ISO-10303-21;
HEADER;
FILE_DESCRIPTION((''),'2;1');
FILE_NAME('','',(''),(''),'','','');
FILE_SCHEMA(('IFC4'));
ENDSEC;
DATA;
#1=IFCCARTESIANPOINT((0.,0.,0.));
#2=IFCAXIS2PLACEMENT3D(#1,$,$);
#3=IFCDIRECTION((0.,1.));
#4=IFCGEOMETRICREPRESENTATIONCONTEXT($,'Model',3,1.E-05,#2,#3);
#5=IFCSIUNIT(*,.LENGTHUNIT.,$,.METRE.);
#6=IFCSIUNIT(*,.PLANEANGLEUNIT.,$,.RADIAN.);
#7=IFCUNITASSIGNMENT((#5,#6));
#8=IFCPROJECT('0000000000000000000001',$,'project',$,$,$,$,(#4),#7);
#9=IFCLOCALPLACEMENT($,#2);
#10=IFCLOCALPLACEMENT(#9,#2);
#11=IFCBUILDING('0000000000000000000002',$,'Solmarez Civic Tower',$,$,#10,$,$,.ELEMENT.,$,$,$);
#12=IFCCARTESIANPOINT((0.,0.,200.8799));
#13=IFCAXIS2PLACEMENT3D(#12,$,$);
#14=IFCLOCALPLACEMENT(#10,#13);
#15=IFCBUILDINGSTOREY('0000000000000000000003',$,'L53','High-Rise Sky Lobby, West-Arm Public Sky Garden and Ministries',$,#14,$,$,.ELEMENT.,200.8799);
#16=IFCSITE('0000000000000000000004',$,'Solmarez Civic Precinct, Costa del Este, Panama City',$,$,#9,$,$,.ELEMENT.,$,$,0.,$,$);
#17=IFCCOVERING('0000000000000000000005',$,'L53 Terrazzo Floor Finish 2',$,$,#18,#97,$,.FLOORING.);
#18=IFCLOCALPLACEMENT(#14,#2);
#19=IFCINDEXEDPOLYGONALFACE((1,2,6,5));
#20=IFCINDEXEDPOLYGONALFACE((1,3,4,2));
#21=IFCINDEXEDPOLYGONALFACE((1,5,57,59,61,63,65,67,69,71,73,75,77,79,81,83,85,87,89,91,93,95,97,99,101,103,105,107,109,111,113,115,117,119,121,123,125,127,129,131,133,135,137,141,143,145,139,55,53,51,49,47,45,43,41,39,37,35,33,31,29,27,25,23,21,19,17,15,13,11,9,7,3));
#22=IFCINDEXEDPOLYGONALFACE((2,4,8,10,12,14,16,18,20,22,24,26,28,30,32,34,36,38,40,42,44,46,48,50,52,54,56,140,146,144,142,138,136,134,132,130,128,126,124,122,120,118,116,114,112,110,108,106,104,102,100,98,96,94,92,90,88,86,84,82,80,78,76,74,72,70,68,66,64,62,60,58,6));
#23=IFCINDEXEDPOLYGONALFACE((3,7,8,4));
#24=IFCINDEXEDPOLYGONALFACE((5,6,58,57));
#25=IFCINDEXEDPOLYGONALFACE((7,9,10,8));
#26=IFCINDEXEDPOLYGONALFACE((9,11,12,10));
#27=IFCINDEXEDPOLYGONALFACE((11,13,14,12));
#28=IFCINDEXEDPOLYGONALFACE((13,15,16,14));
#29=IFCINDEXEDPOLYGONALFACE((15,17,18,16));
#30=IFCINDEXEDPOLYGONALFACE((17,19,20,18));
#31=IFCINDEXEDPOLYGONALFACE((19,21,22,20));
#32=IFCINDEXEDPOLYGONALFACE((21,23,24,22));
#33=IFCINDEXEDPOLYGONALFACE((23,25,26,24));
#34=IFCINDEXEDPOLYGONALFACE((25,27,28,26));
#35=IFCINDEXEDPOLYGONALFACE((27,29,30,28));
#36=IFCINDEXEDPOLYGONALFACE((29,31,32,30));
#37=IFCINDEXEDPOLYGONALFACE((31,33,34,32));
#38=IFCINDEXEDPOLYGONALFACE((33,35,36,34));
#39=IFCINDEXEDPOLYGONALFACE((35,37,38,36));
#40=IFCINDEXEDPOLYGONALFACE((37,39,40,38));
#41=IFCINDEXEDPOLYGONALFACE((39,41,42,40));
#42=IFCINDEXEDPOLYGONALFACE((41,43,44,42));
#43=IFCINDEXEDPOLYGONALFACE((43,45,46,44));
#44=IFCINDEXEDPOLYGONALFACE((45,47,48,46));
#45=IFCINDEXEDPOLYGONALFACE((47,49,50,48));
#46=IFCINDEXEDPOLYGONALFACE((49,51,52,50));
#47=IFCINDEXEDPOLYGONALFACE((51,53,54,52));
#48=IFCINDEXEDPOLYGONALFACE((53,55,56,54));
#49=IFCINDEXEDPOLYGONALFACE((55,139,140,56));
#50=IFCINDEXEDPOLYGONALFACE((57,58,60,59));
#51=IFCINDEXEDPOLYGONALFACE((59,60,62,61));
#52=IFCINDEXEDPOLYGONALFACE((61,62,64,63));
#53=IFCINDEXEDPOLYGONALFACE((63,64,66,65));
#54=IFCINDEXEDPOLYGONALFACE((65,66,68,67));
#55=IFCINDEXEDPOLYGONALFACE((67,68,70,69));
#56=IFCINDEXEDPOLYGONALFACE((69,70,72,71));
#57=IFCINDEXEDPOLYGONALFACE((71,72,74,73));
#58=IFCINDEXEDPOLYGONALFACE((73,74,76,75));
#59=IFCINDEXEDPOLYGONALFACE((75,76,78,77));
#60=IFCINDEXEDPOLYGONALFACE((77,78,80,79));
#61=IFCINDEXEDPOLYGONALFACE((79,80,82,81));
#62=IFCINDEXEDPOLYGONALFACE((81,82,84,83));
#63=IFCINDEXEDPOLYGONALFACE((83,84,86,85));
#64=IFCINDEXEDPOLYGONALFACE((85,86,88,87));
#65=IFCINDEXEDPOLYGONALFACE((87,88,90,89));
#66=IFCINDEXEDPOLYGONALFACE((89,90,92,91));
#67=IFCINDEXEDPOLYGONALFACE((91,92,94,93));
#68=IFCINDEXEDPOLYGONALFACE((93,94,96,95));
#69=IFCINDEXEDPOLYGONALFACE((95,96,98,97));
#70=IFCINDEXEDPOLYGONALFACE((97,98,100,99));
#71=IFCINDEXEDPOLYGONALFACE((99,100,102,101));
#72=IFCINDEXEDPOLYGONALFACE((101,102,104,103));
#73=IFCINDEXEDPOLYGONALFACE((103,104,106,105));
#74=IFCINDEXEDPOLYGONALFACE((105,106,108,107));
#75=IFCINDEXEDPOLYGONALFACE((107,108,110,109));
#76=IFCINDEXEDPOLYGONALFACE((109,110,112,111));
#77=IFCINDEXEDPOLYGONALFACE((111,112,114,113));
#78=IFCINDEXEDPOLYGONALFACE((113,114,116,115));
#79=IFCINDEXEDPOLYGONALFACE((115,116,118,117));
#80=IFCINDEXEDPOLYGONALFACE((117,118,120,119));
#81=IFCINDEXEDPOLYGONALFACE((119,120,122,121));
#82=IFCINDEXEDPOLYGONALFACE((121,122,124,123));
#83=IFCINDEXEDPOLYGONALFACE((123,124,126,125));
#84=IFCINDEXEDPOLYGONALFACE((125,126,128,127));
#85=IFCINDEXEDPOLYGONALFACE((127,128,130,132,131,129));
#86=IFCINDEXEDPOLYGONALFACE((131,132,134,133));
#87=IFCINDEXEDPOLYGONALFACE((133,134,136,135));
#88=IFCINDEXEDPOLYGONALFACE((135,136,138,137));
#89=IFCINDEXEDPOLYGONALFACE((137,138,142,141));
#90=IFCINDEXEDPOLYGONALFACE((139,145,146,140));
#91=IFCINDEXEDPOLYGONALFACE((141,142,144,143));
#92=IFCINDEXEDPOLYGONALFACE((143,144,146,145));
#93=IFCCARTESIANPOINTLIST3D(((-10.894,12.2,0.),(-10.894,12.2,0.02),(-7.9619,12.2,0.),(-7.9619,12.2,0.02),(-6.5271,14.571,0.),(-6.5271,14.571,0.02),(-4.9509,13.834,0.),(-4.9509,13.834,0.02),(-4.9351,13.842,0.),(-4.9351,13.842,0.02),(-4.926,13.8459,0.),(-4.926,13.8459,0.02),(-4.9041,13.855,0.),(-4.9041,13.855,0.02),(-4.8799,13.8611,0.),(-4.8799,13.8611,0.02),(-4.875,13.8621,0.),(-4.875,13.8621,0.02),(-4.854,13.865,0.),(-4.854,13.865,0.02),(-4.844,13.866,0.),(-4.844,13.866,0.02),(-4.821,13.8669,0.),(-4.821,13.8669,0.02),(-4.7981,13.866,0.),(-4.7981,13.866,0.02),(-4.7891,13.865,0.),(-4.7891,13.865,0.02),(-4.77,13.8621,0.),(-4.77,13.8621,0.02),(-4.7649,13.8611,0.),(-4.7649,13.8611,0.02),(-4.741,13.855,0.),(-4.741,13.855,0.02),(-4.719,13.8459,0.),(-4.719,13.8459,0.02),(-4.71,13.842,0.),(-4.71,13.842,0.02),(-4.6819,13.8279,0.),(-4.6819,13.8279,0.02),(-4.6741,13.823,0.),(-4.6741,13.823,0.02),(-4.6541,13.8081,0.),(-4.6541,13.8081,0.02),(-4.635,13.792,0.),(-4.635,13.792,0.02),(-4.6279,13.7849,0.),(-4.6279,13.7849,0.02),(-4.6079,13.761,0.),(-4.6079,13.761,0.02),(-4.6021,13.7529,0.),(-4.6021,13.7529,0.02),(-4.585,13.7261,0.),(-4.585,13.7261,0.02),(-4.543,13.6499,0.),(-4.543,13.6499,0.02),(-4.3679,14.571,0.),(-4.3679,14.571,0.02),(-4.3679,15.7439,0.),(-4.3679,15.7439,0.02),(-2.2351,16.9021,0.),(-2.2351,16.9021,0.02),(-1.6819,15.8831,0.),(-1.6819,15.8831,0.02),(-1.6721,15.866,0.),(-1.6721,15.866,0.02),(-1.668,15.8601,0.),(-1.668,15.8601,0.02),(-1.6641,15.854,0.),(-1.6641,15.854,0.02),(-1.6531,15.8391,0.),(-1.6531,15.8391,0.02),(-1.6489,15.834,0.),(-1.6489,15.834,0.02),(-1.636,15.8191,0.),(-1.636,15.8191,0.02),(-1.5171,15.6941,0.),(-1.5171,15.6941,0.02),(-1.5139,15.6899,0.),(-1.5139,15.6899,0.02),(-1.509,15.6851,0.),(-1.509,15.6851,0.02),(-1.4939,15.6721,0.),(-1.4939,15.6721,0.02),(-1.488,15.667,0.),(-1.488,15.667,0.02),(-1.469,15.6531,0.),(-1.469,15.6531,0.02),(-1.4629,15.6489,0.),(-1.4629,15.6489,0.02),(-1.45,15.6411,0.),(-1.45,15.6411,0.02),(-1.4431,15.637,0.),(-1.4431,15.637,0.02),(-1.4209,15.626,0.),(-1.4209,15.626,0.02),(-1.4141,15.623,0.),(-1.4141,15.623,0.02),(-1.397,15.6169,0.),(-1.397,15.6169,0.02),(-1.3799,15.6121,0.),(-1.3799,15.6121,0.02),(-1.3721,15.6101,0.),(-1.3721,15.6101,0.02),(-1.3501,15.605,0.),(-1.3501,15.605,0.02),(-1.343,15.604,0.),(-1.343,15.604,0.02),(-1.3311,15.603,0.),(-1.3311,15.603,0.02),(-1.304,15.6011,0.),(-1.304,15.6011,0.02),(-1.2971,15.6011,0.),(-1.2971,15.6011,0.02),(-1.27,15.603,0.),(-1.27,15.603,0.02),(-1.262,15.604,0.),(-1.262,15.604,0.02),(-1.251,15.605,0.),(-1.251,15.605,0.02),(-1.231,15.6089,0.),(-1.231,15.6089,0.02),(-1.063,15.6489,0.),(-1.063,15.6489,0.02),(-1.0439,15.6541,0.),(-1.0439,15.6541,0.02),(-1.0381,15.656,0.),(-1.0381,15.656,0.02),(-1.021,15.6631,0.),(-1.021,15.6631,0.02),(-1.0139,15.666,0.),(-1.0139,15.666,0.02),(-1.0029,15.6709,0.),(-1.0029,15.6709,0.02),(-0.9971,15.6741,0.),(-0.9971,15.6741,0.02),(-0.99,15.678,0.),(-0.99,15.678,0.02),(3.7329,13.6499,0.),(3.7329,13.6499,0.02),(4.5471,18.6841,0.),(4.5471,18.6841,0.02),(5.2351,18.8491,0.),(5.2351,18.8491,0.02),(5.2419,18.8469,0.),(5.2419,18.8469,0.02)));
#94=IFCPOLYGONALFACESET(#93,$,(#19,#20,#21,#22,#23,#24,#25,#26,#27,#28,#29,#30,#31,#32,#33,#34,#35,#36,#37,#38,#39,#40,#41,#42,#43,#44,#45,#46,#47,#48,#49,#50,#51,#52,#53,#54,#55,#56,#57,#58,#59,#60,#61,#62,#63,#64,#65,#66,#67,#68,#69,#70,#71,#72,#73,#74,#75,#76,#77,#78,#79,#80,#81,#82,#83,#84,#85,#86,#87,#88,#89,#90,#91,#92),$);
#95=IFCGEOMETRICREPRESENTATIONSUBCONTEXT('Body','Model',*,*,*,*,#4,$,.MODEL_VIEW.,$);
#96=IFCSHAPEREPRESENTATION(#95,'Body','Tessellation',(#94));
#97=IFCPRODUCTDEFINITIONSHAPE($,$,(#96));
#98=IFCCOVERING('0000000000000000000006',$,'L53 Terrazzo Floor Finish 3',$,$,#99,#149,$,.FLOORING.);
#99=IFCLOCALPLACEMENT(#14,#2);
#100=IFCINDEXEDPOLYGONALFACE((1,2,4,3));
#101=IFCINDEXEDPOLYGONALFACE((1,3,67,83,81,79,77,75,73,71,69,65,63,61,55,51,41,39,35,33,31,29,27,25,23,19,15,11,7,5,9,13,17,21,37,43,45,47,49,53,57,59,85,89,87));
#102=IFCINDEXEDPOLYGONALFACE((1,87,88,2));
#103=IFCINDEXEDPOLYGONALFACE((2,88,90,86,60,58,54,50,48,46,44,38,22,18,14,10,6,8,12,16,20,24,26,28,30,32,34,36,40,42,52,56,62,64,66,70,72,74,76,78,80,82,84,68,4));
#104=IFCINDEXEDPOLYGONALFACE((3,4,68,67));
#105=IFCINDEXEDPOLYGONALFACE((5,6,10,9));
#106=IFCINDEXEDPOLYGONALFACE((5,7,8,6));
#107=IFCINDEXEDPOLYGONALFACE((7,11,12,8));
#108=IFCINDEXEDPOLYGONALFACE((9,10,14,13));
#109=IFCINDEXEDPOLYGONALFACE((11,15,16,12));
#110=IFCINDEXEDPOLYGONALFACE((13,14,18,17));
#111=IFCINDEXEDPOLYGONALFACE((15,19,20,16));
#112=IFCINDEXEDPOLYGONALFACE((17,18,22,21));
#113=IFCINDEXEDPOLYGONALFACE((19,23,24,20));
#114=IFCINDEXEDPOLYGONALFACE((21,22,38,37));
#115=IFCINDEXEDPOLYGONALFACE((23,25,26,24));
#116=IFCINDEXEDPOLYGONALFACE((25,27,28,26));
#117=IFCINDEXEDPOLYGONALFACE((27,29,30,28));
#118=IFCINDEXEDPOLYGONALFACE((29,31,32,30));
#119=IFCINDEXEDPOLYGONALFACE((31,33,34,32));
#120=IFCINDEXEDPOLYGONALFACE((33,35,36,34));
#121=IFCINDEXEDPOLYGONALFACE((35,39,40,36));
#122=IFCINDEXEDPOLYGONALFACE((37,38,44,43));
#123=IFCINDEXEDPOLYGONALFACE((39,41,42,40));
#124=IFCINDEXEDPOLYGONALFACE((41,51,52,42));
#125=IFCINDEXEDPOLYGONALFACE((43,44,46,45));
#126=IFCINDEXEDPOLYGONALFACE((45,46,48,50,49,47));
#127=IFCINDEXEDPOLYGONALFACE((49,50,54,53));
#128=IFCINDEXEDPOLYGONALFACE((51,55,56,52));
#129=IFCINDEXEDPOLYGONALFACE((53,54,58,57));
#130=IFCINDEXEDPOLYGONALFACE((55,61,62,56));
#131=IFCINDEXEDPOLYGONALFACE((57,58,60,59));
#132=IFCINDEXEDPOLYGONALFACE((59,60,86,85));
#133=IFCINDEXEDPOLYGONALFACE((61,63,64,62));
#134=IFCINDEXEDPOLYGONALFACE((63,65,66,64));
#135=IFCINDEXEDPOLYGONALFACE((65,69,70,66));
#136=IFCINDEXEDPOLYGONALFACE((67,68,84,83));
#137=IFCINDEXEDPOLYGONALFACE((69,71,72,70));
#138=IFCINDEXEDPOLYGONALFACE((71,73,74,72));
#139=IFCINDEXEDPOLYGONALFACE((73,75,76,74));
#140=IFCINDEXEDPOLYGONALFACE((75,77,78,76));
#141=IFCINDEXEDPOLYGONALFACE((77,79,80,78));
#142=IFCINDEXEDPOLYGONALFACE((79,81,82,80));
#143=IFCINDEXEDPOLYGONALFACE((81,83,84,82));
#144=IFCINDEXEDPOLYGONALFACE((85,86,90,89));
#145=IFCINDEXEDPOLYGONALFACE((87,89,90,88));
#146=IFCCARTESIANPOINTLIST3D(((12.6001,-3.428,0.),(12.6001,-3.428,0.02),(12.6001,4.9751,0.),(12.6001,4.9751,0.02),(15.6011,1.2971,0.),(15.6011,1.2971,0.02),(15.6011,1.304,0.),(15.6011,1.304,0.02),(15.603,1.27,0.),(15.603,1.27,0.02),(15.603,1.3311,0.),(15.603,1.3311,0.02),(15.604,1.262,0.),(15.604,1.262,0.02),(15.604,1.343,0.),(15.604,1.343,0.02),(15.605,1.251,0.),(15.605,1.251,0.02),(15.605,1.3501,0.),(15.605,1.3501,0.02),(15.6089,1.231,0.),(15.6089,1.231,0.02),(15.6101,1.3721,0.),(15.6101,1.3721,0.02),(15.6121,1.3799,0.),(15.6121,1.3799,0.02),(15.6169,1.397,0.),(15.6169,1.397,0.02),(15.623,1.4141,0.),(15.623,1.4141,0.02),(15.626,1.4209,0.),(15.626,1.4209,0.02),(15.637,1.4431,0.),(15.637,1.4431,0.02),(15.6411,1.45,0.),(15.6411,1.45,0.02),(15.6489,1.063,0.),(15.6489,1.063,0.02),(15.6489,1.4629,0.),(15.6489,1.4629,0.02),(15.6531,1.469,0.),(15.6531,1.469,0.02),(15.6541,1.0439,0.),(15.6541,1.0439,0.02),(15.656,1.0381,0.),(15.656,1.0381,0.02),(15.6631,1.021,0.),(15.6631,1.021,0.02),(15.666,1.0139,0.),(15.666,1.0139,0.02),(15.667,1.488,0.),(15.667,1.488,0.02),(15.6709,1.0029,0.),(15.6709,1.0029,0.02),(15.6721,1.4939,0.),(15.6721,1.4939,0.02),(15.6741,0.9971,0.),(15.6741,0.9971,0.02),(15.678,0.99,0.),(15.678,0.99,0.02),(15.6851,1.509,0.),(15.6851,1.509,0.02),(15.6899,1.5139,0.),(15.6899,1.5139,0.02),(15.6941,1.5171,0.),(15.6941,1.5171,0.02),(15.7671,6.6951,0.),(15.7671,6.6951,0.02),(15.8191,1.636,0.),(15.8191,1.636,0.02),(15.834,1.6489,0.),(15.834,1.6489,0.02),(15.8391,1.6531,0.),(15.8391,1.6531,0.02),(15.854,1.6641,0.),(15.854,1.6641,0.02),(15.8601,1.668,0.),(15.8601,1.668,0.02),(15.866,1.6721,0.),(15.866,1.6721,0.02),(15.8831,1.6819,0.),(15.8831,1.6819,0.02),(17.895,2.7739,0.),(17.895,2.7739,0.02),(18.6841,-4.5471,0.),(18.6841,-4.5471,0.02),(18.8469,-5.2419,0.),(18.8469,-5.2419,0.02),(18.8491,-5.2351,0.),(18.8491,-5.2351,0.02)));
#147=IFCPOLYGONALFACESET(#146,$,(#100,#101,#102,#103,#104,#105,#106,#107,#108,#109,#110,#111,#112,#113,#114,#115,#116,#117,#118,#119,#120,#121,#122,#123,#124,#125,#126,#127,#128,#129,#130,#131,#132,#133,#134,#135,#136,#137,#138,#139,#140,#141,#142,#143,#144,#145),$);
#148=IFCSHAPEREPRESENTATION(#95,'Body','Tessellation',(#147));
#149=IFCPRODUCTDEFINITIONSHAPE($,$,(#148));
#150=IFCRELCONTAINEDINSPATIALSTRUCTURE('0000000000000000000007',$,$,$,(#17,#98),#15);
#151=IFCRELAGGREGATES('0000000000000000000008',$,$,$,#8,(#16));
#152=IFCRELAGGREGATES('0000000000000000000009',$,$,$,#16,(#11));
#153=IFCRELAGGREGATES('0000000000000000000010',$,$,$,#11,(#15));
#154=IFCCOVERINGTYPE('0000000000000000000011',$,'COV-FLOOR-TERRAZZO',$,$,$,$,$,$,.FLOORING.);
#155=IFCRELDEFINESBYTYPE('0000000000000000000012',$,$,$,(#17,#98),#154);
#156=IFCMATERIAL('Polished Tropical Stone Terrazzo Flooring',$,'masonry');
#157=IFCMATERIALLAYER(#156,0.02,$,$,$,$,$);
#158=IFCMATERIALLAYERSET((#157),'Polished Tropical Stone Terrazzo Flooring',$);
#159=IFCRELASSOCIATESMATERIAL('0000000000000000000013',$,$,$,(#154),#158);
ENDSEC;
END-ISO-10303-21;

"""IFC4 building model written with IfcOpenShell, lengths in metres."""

from ifc_helpers import new_model, si_unit, direction, frame, origin, place, context, subcontext, project, spatial, polyline, outline, extrude, material, layer, layer_set, type_object, element, save


model = new_model("IFC4")

# Units and contexts
model_context = context("Model", 3, precision=1e-05, world=origin(), true_north=direction((0.0, 1.0)))
body_context = subcontext(model_context, "Body", "Model", "MODEL_VIEW")
ifc_project = project(units=[si_unit("LENGTHUNIT", "METRE"), si_unit("PLANEANGLEUNIT", "RADIAN")], contexts=[model_context])

# Site, building, storey
site_placement = place(None, origin())
site = spatial("IfcSite", under=ifc_project, at=site_placement, Name="Solmarez Civic Precinct, Costa del Este, Panama City", CompositionType="ELEMENT", RefElevation=0.0)
building_placement = place(site_placement, origin())
building = spatial("IfcBuilding", under=site, at=building_placement, Name="Solmarez Civic Tower", CompositionType="ELEMENT")
storey_placement = place(building_placement, frame((0.0, 0.0, 200.8799)))
storey = spatial("IfcBuildingStorey", under=building, at=storey_placement, Name="L53", Description="High-Rise Sky Lobby, West-Arm Public Sky Garden and Ministries", CompositionType="ELEMENT", Elevation=200.8799)

# Coverings
ifc_material_1 = material(Name="Polished Tropical Stone Terrazzo Flooring", Category="masonry")
ifc_layer_1 = layer(ifc_material_1, 0.02)
ifc_layer_set_1 = layer_set([ifc_layer_1], Name="Polished Tropical Stone Terrazzo Flooring")
covering_type_1 = type_object("IfcCoveringType", Name="COV-FLOOR-TERRAZZO", PredefinedType="FLOORING", material=ifc_layer_set_1)
covering_1_placement = place(storey_placement, origin())
element("IfcCovering", 1, at=covering_1_placement, inside=storey, type_object=covering_type_1, Name="L53 Terrazzo Floor Finish 2", PredefinedType="FLOORING", context=body_context, shape_type="SweptSolid", body=[
    extrude(outline(polyline([(-10.894, 12.2), (-7.9619, 12.2), (-4.9509, 13.834), (-4.9351, 13.842), (-4.926, 13.8459), (-4.9041, 13.855), (-4.8799, 13.8611), (-4.875, 13.8621), (-4.854, 13.865), (-4.844, 13.866), (-4.821, 13.8669), (-4.7981, 13.866), (-4.7891, 13.865), (-4.77, 13.8621), (-4.7649, 13.8611), (-4.741, 13.855), (-4.719, 13.8459), (-4.71, 13.842), (-4.6819, 13.8279), (-4.6741, 13.823), (-4.6541, 13.8081), (-4.635, 13.792), (-4.6279, 13.7849), (-4.6079, 13.761), (-4.6021, 13.7529), (-4.585, 13.7261), (-4.543, 13.6499), (3.7329, 13.6499), (5.2419, 18.8469), (5.2351, 18.8491), (4.5471, 18.6841), (-0.99, 15.678), (-0.9971, 15.6741), (-1.0029, 15.6709), (-1.0139, 15.666), (-1.021, 15.6631), (-1.0381, 15.656), (-1.0439, 15.6541), (-1.063, 15.6489), (-1.231, 15.6089), (-1.251, 15.605), (-1.262, 15.604), (-1.27, 15.603), (-1.2971, 15.6011), (-1.304, 15.6011), (-1.3311, 15.603), (-1.343, 15.604), (-1.3501, 15.605), (-1.3721, 15.6101), (-1.3799, 15.6121), (-1.397, 15.6169), (-1.4141, 15.623), (-1.4209, 15.626), (-1.4431, 15.637), (-1.45, 15.6411), (-1.4629, 15.6489), (-1.469, 15.6531), (-1.488, 15.667), (-1.4939, 15.6721), (-1.509, 15.6851), (-1.5139, 15.6899), (-1.5171, 15.6941), (-1.636, 15.8191), (-1.6489, 15.834), (-1.6531, 15.8391), (-1.6641, 15.854), (-1.668, 15.8601), (-1.6721, 15.866), (-1.6819, 15.8831), (-2.2351, 16.9021), (-4.3679, 15.7439), (-4.3679, 14.571), (-6.5271, 14.571), (-10.894, 12.2)])), origin(), (0.0, 0.0, 1.0), 0.02),
])
covering_2_placement = place(storey_placement, origin())
element("IfcCovering", 2, at=covering_2_placement, inside=storey, type_object=covering_type_1, Name="L53 Terrazzo Floor Finish 3", PredefinedType="FLOORING", context=body_context, shape_type="SweptSolid", body=[
    extrude(outline(polyline([(12.6001, 4.9751), (12.6001, -3.428), (18.8469, -5.2419), (18.8491, -5.2351), (18.6841, -4.5471), (15.678, 0.99), (15.6741, 0.9971), (15.6709, 1.0029), (15.666, 1.0139), (15.6631, 1.021), (15.656, 1.0381), (15.6541, 1.0439), (15.6489, 1.063), (15.6089, 1.231), (15.605, 1.251), (15.604, 1.262), (15.603, 1.27), (15.6011, 1.2971), (15.6011, 1.304), (15.603, 1.3311), (15.604, 1.343), (15.605, 1.3501), (15.6101, 1.3721), (15.6121, 1.3799), (15.6169, 1.397), (15.623, 1.4141), (15.626, 1.4209), (15.637, 1.4431), (15.6411, 1.45), (15.6489, 1.4629), (15.6531, 1.469), (15.667, 1.488), (15.6721, 1.4939), (15.6851, 1.509), (15.6899, 1.5139), (15.6941, 1.5171), (15.8191, 1.636), (15.834, 1.6489), (15.8391, 1.6531), (15.854, 1.6641), (15.8601, 1.668), (15.866, 1.6721), (15.8831, 1.6819), (17.895, 2.7739), (15.7671, 6.6951), (12.6001, 4.9751)])), origin(), (0.0, 0.0, 1.0), 0.02),
])

save(model, "model.ifc")
